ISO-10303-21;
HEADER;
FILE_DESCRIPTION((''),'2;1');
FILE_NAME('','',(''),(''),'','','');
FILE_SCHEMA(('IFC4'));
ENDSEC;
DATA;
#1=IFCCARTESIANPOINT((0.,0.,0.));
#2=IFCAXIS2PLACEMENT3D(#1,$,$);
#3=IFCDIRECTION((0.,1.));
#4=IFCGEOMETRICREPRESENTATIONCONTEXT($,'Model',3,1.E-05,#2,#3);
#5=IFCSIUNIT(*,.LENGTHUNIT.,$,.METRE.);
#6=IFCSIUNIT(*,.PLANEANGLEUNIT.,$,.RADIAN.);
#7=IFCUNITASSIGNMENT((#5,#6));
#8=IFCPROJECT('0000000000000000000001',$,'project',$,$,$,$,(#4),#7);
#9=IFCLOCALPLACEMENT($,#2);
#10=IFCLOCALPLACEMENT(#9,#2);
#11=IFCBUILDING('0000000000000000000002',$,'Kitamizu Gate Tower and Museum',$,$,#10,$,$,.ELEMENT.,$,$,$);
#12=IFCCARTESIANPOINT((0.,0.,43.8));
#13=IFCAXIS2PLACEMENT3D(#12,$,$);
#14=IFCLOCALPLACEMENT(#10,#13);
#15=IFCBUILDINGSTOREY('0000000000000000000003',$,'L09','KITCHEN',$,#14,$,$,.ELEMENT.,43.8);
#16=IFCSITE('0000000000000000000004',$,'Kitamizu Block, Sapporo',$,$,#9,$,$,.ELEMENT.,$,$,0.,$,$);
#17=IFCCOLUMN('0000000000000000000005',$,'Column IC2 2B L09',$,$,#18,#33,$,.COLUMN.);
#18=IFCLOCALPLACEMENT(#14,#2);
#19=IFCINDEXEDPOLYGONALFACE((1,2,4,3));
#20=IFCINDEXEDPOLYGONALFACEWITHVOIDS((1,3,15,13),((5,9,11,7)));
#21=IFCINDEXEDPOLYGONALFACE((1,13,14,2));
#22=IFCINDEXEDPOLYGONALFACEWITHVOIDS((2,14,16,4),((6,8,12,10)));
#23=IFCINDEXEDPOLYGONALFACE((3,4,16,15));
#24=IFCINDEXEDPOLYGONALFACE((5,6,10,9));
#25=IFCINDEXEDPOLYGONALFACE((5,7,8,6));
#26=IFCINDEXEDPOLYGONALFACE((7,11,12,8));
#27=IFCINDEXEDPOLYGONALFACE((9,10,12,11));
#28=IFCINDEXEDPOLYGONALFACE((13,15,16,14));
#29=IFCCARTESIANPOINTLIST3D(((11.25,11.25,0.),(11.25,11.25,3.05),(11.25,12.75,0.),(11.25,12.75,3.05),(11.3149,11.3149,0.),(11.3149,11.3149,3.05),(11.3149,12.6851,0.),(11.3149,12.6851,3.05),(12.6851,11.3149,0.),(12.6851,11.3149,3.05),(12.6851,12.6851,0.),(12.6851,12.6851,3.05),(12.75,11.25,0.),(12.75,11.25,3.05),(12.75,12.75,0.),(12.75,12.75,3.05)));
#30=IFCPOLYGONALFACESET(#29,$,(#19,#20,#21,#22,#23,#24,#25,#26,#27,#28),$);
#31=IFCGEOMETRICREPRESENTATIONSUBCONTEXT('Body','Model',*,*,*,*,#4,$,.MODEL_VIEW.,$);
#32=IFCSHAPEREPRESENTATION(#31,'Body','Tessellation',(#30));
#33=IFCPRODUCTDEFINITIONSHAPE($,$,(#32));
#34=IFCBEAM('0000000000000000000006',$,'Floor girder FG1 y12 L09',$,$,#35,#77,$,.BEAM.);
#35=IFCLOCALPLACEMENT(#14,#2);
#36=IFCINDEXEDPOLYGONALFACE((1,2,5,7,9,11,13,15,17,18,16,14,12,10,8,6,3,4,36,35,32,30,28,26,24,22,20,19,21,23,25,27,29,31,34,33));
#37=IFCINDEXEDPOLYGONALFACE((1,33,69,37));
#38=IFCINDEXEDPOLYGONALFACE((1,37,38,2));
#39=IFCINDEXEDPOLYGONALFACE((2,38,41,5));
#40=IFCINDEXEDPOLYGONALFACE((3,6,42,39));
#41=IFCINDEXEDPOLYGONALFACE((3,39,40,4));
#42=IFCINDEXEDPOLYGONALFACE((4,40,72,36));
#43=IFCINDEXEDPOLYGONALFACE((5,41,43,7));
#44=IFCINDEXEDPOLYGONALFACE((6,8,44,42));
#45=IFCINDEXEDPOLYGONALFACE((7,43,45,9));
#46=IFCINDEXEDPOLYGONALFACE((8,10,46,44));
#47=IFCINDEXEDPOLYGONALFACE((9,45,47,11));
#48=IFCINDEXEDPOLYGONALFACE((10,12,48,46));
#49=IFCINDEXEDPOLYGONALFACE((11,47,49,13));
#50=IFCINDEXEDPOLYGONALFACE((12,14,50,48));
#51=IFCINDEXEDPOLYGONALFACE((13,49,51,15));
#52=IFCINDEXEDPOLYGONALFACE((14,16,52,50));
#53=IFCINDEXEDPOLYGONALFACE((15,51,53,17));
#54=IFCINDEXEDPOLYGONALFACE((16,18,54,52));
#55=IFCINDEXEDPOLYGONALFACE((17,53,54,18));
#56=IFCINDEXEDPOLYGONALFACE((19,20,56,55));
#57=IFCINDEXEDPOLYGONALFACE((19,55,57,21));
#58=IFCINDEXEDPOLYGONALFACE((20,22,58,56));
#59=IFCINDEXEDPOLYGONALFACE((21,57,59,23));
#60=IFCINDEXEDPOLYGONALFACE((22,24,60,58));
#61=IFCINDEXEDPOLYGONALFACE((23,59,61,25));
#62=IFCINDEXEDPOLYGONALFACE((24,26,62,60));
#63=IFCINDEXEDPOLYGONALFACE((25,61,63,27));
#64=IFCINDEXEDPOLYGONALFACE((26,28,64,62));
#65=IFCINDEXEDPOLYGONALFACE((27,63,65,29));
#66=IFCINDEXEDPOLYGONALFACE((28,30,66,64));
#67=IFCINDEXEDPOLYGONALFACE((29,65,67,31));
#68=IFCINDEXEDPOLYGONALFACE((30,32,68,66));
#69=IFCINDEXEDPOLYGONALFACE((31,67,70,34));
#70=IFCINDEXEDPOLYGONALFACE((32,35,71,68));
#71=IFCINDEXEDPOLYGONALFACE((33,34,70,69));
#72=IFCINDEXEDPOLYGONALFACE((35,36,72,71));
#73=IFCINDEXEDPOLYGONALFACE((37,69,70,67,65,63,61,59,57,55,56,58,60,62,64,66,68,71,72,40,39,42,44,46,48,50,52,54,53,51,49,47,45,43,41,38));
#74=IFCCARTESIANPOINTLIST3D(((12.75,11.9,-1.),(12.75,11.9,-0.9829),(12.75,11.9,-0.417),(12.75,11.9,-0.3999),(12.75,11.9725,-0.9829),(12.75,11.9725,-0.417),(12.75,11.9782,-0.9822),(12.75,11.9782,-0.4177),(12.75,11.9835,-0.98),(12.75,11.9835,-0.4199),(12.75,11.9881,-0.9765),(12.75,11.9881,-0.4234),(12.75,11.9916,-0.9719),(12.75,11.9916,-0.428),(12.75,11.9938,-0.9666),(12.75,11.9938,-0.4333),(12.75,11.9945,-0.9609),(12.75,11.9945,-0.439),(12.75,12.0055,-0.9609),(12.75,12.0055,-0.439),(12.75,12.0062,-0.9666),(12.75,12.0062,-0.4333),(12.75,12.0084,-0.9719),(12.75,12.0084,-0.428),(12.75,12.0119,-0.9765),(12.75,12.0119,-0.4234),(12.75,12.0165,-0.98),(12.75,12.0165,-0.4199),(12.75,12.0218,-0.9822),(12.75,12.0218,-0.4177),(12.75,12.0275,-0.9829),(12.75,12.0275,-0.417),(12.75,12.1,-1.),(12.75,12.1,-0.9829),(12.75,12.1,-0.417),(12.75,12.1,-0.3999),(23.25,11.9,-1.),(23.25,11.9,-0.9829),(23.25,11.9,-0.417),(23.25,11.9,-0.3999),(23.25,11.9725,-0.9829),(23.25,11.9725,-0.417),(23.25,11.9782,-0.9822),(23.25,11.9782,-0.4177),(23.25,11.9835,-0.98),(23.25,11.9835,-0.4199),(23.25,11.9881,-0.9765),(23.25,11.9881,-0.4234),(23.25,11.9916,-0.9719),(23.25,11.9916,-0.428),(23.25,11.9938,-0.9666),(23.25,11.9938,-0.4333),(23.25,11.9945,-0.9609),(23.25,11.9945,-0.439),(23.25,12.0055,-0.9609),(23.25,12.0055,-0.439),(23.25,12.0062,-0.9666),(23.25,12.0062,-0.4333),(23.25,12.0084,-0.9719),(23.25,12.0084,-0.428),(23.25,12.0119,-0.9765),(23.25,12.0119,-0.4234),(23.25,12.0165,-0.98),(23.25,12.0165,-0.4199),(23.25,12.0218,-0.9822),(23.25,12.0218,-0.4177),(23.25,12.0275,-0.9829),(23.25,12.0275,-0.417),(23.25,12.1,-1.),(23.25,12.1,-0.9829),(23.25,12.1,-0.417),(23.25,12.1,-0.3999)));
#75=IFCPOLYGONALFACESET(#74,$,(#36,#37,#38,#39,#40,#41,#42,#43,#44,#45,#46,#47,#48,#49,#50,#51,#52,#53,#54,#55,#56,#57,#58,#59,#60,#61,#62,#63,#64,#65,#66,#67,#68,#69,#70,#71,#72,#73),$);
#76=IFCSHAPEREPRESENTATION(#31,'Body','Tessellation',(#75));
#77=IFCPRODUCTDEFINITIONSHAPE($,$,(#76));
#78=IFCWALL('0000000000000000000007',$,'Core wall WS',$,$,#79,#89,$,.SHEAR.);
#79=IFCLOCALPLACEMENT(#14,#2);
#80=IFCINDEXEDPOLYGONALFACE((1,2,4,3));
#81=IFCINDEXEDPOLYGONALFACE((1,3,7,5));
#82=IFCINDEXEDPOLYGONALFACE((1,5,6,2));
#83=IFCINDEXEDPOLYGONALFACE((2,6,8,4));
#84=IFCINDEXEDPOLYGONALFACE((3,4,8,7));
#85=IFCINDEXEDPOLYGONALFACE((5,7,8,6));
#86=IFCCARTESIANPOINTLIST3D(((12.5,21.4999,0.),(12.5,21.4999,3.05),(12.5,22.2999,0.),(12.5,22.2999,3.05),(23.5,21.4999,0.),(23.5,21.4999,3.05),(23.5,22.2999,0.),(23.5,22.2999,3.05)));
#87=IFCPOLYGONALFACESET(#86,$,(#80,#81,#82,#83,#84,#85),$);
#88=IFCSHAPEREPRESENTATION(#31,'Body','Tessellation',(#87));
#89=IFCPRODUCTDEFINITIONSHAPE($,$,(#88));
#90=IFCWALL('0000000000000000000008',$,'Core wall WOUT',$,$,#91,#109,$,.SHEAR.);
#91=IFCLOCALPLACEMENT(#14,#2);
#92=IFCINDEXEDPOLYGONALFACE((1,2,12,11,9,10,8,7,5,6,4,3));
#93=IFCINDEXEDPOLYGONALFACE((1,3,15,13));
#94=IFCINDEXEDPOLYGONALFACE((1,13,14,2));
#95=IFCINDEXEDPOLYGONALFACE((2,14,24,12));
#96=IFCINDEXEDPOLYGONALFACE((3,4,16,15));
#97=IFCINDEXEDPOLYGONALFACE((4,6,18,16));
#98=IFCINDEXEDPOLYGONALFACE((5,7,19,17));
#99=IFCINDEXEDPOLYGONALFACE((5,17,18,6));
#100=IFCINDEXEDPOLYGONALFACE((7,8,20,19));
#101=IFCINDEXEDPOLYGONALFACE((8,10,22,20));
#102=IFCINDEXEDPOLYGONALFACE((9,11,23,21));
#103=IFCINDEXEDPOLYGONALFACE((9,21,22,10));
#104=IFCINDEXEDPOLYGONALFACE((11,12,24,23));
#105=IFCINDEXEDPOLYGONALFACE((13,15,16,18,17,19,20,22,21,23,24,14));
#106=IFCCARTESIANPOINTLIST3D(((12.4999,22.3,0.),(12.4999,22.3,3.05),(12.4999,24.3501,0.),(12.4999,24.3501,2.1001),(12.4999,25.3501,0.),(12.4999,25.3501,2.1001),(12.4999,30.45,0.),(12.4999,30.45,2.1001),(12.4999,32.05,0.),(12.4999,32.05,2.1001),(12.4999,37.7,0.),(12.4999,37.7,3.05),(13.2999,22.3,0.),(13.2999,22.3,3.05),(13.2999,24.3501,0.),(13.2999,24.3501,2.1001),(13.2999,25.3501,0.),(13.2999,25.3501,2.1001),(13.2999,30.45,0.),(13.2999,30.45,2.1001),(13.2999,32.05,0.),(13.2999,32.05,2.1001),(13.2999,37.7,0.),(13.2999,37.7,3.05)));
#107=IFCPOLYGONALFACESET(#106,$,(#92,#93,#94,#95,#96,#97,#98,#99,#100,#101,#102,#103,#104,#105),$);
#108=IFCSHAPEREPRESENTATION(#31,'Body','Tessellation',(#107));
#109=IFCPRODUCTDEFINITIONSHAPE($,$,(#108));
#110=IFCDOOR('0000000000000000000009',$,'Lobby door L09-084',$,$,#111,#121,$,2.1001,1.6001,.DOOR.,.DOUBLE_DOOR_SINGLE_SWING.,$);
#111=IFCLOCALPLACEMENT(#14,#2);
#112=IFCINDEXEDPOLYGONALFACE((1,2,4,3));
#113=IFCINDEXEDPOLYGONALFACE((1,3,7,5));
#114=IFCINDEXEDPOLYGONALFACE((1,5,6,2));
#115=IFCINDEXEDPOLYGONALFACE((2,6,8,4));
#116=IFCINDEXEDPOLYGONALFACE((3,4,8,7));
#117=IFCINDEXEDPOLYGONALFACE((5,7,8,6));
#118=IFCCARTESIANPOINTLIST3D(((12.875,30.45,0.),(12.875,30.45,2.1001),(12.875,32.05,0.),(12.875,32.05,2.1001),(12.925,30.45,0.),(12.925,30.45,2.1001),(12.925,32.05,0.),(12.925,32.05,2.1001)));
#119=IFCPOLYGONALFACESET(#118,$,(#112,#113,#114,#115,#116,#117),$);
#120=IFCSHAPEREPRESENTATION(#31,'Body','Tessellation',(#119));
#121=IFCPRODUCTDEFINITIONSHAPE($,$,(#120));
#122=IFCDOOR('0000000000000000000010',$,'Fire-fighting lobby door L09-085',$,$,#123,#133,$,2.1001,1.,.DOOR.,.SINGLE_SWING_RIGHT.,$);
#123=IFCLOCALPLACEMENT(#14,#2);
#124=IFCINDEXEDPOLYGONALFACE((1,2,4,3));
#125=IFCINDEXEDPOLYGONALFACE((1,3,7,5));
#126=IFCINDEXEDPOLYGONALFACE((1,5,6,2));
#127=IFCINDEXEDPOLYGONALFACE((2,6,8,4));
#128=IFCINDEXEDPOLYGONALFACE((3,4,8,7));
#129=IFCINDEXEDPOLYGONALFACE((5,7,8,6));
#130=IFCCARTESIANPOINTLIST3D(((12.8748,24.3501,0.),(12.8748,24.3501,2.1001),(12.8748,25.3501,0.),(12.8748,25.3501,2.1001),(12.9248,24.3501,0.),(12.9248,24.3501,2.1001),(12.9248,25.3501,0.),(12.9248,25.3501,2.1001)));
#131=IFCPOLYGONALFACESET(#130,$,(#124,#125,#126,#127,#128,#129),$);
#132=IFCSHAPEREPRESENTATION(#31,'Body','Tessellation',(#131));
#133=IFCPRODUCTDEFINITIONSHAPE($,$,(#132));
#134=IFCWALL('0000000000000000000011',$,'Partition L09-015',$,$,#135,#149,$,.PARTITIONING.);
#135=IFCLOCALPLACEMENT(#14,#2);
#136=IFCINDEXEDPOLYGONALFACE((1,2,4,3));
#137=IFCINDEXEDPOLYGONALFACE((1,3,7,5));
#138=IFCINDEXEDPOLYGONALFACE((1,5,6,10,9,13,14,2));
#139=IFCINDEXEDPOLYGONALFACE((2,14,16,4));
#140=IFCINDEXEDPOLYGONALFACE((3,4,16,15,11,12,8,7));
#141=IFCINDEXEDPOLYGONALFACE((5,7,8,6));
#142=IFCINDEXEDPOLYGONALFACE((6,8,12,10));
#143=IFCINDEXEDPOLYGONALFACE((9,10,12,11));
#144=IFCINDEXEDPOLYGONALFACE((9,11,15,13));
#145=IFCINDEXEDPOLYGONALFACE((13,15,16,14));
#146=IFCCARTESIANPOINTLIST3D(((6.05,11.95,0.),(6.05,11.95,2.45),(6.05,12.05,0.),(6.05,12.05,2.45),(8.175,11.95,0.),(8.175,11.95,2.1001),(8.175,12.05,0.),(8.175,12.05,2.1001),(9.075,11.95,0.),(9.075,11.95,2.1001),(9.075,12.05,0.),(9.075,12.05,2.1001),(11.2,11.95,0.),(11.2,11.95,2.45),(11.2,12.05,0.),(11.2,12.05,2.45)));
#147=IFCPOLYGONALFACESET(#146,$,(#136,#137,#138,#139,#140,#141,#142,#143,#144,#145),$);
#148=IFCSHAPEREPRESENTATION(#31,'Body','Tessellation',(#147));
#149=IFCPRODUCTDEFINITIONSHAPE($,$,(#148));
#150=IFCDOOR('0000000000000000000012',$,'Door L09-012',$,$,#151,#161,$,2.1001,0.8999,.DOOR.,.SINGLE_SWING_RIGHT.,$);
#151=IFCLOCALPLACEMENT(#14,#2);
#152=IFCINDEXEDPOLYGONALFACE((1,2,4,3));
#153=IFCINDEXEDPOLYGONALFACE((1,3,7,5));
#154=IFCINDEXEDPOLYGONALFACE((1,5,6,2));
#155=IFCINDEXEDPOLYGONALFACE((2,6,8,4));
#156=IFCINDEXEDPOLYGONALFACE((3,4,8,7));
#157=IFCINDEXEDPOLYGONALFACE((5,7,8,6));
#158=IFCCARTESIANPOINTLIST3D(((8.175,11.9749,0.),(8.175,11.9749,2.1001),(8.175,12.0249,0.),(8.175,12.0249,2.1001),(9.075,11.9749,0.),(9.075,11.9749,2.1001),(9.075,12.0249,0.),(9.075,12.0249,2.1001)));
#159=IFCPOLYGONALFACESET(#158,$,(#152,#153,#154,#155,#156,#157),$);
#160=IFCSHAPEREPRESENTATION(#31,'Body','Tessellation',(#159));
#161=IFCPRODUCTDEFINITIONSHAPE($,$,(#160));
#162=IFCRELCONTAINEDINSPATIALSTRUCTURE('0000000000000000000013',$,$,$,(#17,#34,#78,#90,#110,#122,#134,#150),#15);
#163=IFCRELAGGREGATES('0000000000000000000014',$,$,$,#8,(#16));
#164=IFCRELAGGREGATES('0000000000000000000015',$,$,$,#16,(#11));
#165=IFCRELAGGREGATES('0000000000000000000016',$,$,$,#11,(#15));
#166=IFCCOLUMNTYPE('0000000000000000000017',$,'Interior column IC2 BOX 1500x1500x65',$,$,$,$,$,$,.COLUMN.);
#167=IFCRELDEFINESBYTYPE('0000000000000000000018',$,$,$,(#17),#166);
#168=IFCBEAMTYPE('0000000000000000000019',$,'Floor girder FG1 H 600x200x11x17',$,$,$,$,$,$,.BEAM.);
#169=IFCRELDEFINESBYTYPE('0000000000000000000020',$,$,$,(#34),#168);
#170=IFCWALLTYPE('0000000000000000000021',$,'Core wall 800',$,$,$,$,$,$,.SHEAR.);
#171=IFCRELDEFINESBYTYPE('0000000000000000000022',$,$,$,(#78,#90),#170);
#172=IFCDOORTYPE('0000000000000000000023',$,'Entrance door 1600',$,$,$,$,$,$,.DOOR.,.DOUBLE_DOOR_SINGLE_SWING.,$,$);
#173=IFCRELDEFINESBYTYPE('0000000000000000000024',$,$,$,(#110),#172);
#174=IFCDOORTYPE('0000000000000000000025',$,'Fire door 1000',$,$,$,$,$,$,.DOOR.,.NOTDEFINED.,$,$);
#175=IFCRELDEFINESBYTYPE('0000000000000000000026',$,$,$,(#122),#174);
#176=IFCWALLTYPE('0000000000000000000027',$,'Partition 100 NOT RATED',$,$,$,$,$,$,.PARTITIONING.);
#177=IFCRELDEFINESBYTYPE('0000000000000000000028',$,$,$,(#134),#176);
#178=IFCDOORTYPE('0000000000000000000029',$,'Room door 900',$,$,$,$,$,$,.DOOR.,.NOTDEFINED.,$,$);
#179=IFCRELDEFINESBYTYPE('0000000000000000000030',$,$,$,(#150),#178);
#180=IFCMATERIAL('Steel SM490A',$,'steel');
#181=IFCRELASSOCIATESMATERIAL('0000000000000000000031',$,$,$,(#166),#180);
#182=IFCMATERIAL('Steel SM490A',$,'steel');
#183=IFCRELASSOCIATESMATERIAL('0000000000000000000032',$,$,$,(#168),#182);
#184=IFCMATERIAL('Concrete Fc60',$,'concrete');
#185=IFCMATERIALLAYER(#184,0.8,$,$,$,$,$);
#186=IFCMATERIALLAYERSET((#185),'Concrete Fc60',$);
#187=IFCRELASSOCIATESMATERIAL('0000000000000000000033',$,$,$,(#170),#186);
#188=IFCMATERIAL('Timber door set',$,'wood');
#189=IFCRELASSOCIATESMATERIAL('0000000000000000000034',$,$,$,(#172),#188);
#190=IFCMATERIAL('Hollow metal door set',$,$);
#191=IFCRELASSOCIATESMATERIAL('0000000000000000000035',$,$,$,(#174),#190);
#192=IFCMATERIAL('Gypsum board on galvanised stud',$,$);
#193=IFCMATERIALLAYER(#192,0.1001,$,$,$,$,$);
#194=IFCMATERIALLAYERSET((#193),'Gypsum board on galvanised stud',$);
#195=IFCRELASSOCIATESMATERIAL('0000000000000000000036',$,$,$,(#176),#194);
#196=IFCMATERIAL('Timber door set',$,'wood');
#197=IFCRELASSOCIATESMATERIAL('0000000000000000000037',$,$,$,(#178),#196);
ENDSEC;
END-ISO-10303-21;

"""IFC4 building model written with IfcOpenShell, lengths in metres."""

from ifc_helpers import new_model, si_unit, direction, frame, frame_2d, origin, origin_2d, place, context, subcontext, project, spatial, rectangle, hollow_rectangle, i_section, extrude, material, layer, layer_set, material_profile, profile_set, type_object, element, fill, save


model = new_model("IFC4")

# Units and contexts
model_context = context("Model", 3, precision=1e-05, world=origin(), true_north=direction((0.0, 1.0)))
body_context = subcontext(model_context, "Body", "Model", "MODEL_VIEW")
ifc_project = project(units=[si_unit("LENGTHUNIT", "METRE"), si_unit("PLANEANGLEUNIT", "RADIAN")], contexts=[model_context])

# Site, building, storey
site_placement = place(None, origin())
site = spatial("IfcSite", under=ifc_project, at=site_placement, Name="Kitamizu Block, Sapporo", CompositionType="ELEMENT", RefElevation=0.0)
building_placement = place(site_placement, origin())
building = spatial("IfcBuilding", under=site, at=building_placement, Name="Kitamizu Gate Tower and Museum", CompositionType="ELEMENT")
storey_placement = place(building_placement, frame((0.0, 0.0, 43.8)))
storey = spatial("IfcBuildingStorey", under=building, at=storey_placement, Name="L09", Description="KITCHEN", CompositionType="ELEMENT", Elevation=43.8)

# Column
ifc_material_1 = material(Name="Steel SM490A", Category="steel")
ifc_material_profile_1 = material_profile(ifc_material_1, hollow_rectangle(XDim=1.5, YDim=1.5, WallThickness=0.0649, at=origin_2d()), Name="BOX 1500x1500x65")
ifc_profile_set_1 = profile_set([ifc_material_profile_1], Name="Steel SM490A")
column_type = type_object("IfcColumnType", Name="Interior column IC2 BOX 1500x1500x65", PredefinedType="COLUMN", material=ifc_profile_set_1)
column_placement = place(storey_placement, frame((12.0, 12.0, 0.0), z_axis=(0.0, 0.0, 1.0), x_axis=(1.0, 0.0, 0.0)))
element("IfcColumn", 1, at=column_placement, inside=storey, type_object=column_type, Name="Column IC2 2B L09", PredefinedType="COLUMN", context=body_context, shape_type="SweptSolid", body=[
    extrude(hollow_rectangle(XDim=1.5, YDim=1.5, WallThickness=0.0649, at=origin_2d()), origin(), (0.0, 0.0, 1.0), 3.05),
])

# Beam
ifc_material_2 = material(Name="Steel SM490A", Category="steel")
ifc_material_profile_2 = material_profile(ifc_material_2, i_section(OverallWidth=0.2, OverallDepth=0.6001, WebThickness=0.011, FlangeThickness=0.0171, FilletRadius=0.022, at=origin_2d()), Name="H-600x200x11x17")
ifc_profile_set_2 = profile_set([ifc_material_profile_2], Name="Steel SM490A")
beam_type = type_object("IfcBeamType", Name="Floor girder FG1 H 600x200x11x17", PredefinedType="BEAM", material=ifc_profile_set_2)
beam_placement = place(storey_placement, frame((12.75, 12.0, -0.7), z_axis=(1.0, 0.0, 0.0), x_axis=(0.0, 1.0, 0.0)))
element("IfcBeam", 2, at=beam_placement, inside=storey, type_object=beam_type, Name="Floor girder FG1 y12 L09", PredefinedType="BEAM", context=body_context, shape_type="SweptSolid", body=[
    extrude(i_section(OverallWidth=0.2, OverallDepth=0.6001, WebThickness=0.011, FlangeThickness=0.0171, FilletRadius=0.022, at=origin_2d()), origin(), (0.0, 0.0, 1.0), 10.5),
])

# Wall
ifc_material_3 = material(Name="Concrete Fc60", Category="concrete")
ifc_layer_1 = layer(ifc_material_3, 0.8)
ifc_layer_set_1 = layer_set([ifc_layer_1], Name="Concrete Fc60")
wall_type_1 = type_object("IfcWallType", Name="Core wall 800", PredefinedType="SHEAR", material=ifc_layer_set_1)
wall_1_placement = place(storey_placement, frame((12.5, 21.8999, 0.0), z_axis=(0.0, 0.0, 1.0), x_axis=(1.0, 0.0, 0.0)))
element("IfcWall", 3, at=wall_1_placement, inside=storey, type_object=wall_type_1, Name="Core wall WS", PredefinedType="SHEAR", context=body_context, shape_type="SweptSolid", body=[
    extrude(rectangle(XDim=11.0, YDim=0.8, at=frame_2d((5.5, 0.0))), origin(), (0.0, 0.0, 1.0), 3.05),
])

# Wall, openings, doors
wall_2_placement = place(storey_placement, frame((12.8999, 22.3, 0.0), z_axis=(0.0, 0.0, 1.0), x_axis=(0.0, 1.0, 0.0)))
wall_2 = element("IfcWall", 4, at=wall_2_placement, inside=storey, type_object=wall_type_1, Name="Core wall WOUT", PredefinedType="SHEAR", context=body_context, shape_type="SweptSolid", body=[
    extrude(rectangle(XDim=15.3999, YDim=0.8, at=frame_2d((7.7, 0.0))), origin(), (0.0, 0.0, 1.0), 3.05),
])
opening_1_placement = place(wall_2_placement, frame((8.1499, 0.0, 0.0)))
opening_1 = element("IfcOpeningElement", 5, at=opening_1_placement, cuts=wall_2, PredefinedType="OPENING", context=body_context, shape_type="SweptSolid", body=[
    extrude(rectangle(XDim=1.6001, YDim=2.1001, at=frame_2d((0.8, 1.05))), frame((0.0, 0.4102, 0.0), z_axis=(0.0, -1.0, 0.0), x_axis=(1.0, 0.0, 0.0)), (0.0, 0.0, 1.0), 0.8201),
])
opening_2_placement = place(wall_2_placement, frame((2.05, 0.0, 0.0)))
opening_2 = element("IfcOpeningElement", 6, at=opening_2_placement, cuts=wall_2, PredefinedType="OPENING", context=body_context, shape_type="SweptSolid", body=[
    extrude(rectangle(XDim=1.0, YDim=2.1001, at=frame_2d((0.5, 1.05))), frame((0.0, 0.4102, 0.0), z_axis=(0.0, -1.0, 0.0), x_axis=(1.0, 0.0, 0.0)), (0.0, 0.0, 1.0), 0.8201),
])
ifc_material_4 = material(Name="Timber door set", Category="wood")
door_type_1 = type_object("IfcDoorType", Name="Entrance door 1600", OperationType="DOUBLE_DOOR_SINGLE_SWING", PredefinedType="DOOR", material=ifc_material_4)
door_1_placement = place(opening_1_placement, origin())
door_1 = element("IfcDoor", 7, at=door_1_placement, inside=storey, type_object=door_type_1, Name="Lobby door L09-084", OperationType="DOUBLE_DOOR_SINGLE_SWING", OverallHeight=2.1001, OverallWidth=1.6001, PredefinedType="DOOR", context=body_context, shape_type="SweptSolid", body=[
    extrude(rectangle(XDim=1.6001, YDim=2.1001, at=frame_2d((0.8, 1.05))), frame((0.0, 0.0249, 0.0), z_axis=(0.0, -1.0, 0.0), x_axis=(1.0, 0.0, 0.0)), (0.0, 0.0, 1.0), 0.05),
])
fill(opening_1, door_1)
ifc_material_5 = material(Name="Hollow metal door set")
door_type_2 = type_object("IfcDoorType", Name="Fire door 1000", OperationType="NOTDEFINED", PredefinedType="DOOR", material=ifc_material_5)
door_2_placement = place(opening_2_placement, frame((1.0, 0.0, 0.0), x_axis=(-1.0, 0.0, 0.0)))
door_2 = element("IfcDoor", 8, at=door_2_placement, inside=storey, type_object=door_type_2, Name="Fire-fighting lobby door L09-085", OperationType="SINGLE_SWING_RIGHT", OverallHeight=2.1001, OverallWidth=1.0, PredefinedType="DOOR", context=body_context, shape_type="SweptSolid", body=[
    extrude(rectangle(XDim=1.0, YDim=2.1001, at=frame_2d((0.5, 1.05))), frame((0.0, 0.0249, 0.0), z_axis=(0.0, -1.0, 0.0), x_axis=(1.0, 0.0, 0.0)), (0.0, 0.0, 1.0), 0.05),
])
fill(opening_2, door_2)

# Wall, opening, door
ifc_material_6 = material(Name="Gypsum board on galvanised stud")
ifc_layer_2 = layer(ifc_material_6, 0.1001)
ifc_layer_set_2 = layer_set([ifc_layer_2], Name="Gypsum board on galvanised stud")
wall_type_2 = type_object("IfcWallType", Name="Partition 100 NOT RATED", PredefinedType="PARTITIONING", material=ifc_layer_set_2)
wall_3_placement = place(storey_placement, frame((11.2, 12.0, 0.0), z_axis=(0.0, 0.0, 1.0), x_axis=(-1.0, 0.0, 0.0)))
wall_3 = element("IfcWall", 9, at=wall_3_placement, inside=storey, type_object=wall_type_2, Name="Partition L09-015", PredefinedType="PARTITIONING", context=body_context, shape_type="SweptSolid", body=[
    extrude(rectangle(XDim=5.1499, YDim=0.1001, at=frame_2d((2.575, 0.0))), origin(), (0.0, 0.0, 1.0), 2.45),
])
opening_3_placement = place(wall_3_placement, frame((2.125, 0.0, 0.0)))
opening_3 = element("IfcOpeningElement", 10, at=opening_3_placement, cuts=wall_3, PredefinedType="OPENING", context=body_context, shape_type="SweptSolid", body=[
    extrude(rectangle(XDim=0.8999, YDim=2.1001, at=frame_2d((0.45, 1.05))), frame((0.0, 0.0601, 0.0), z_axis=(0.0, -1.0, 0.0), x_axis=(1.0, 0.0, 0.0)), (0.0, 0.0, 1.0), 0.1201),
])
ifc_material_7 = material(Name="Timber door set", Category="wood")
door_type_3 = type_object("IfcDoorType", Name="Room door 900", OperationType="NOTDEFINED", PredefinedType="DOOR", material=ifc_material_7)
door_3_placement = place(opening_3_placement, frame((0.8999, 0.0, 0.0), x_axis=(-1.0, 0.0, 0.0)))
door_3 = element("IfcDoor", 11, at=door_3_placement, inside=storey, type_object=door_type_3, Name="Door L09-012", OperationType="SINGLE_SWING_RIGHT", OverallHeight=2.1001, OverallWidth=0.8999, PredefinedType="DOOR", context=body_context, shape_type="SweptSolid", body=[
    extrude(rectangle(XDim=0.8999, YDim=2.1001, at=frame_2d((0.45, 1.05))), frame((0.0, 0.0249, 0.0), z_axis=(0.0, -1.0, 0.0), x_axis=(1.0, 0.0, 0.0)), (0.0, 0.0, 1.0), 0.05),
])
fill(opening_3, door_3)

save(model, "model.ifc")
